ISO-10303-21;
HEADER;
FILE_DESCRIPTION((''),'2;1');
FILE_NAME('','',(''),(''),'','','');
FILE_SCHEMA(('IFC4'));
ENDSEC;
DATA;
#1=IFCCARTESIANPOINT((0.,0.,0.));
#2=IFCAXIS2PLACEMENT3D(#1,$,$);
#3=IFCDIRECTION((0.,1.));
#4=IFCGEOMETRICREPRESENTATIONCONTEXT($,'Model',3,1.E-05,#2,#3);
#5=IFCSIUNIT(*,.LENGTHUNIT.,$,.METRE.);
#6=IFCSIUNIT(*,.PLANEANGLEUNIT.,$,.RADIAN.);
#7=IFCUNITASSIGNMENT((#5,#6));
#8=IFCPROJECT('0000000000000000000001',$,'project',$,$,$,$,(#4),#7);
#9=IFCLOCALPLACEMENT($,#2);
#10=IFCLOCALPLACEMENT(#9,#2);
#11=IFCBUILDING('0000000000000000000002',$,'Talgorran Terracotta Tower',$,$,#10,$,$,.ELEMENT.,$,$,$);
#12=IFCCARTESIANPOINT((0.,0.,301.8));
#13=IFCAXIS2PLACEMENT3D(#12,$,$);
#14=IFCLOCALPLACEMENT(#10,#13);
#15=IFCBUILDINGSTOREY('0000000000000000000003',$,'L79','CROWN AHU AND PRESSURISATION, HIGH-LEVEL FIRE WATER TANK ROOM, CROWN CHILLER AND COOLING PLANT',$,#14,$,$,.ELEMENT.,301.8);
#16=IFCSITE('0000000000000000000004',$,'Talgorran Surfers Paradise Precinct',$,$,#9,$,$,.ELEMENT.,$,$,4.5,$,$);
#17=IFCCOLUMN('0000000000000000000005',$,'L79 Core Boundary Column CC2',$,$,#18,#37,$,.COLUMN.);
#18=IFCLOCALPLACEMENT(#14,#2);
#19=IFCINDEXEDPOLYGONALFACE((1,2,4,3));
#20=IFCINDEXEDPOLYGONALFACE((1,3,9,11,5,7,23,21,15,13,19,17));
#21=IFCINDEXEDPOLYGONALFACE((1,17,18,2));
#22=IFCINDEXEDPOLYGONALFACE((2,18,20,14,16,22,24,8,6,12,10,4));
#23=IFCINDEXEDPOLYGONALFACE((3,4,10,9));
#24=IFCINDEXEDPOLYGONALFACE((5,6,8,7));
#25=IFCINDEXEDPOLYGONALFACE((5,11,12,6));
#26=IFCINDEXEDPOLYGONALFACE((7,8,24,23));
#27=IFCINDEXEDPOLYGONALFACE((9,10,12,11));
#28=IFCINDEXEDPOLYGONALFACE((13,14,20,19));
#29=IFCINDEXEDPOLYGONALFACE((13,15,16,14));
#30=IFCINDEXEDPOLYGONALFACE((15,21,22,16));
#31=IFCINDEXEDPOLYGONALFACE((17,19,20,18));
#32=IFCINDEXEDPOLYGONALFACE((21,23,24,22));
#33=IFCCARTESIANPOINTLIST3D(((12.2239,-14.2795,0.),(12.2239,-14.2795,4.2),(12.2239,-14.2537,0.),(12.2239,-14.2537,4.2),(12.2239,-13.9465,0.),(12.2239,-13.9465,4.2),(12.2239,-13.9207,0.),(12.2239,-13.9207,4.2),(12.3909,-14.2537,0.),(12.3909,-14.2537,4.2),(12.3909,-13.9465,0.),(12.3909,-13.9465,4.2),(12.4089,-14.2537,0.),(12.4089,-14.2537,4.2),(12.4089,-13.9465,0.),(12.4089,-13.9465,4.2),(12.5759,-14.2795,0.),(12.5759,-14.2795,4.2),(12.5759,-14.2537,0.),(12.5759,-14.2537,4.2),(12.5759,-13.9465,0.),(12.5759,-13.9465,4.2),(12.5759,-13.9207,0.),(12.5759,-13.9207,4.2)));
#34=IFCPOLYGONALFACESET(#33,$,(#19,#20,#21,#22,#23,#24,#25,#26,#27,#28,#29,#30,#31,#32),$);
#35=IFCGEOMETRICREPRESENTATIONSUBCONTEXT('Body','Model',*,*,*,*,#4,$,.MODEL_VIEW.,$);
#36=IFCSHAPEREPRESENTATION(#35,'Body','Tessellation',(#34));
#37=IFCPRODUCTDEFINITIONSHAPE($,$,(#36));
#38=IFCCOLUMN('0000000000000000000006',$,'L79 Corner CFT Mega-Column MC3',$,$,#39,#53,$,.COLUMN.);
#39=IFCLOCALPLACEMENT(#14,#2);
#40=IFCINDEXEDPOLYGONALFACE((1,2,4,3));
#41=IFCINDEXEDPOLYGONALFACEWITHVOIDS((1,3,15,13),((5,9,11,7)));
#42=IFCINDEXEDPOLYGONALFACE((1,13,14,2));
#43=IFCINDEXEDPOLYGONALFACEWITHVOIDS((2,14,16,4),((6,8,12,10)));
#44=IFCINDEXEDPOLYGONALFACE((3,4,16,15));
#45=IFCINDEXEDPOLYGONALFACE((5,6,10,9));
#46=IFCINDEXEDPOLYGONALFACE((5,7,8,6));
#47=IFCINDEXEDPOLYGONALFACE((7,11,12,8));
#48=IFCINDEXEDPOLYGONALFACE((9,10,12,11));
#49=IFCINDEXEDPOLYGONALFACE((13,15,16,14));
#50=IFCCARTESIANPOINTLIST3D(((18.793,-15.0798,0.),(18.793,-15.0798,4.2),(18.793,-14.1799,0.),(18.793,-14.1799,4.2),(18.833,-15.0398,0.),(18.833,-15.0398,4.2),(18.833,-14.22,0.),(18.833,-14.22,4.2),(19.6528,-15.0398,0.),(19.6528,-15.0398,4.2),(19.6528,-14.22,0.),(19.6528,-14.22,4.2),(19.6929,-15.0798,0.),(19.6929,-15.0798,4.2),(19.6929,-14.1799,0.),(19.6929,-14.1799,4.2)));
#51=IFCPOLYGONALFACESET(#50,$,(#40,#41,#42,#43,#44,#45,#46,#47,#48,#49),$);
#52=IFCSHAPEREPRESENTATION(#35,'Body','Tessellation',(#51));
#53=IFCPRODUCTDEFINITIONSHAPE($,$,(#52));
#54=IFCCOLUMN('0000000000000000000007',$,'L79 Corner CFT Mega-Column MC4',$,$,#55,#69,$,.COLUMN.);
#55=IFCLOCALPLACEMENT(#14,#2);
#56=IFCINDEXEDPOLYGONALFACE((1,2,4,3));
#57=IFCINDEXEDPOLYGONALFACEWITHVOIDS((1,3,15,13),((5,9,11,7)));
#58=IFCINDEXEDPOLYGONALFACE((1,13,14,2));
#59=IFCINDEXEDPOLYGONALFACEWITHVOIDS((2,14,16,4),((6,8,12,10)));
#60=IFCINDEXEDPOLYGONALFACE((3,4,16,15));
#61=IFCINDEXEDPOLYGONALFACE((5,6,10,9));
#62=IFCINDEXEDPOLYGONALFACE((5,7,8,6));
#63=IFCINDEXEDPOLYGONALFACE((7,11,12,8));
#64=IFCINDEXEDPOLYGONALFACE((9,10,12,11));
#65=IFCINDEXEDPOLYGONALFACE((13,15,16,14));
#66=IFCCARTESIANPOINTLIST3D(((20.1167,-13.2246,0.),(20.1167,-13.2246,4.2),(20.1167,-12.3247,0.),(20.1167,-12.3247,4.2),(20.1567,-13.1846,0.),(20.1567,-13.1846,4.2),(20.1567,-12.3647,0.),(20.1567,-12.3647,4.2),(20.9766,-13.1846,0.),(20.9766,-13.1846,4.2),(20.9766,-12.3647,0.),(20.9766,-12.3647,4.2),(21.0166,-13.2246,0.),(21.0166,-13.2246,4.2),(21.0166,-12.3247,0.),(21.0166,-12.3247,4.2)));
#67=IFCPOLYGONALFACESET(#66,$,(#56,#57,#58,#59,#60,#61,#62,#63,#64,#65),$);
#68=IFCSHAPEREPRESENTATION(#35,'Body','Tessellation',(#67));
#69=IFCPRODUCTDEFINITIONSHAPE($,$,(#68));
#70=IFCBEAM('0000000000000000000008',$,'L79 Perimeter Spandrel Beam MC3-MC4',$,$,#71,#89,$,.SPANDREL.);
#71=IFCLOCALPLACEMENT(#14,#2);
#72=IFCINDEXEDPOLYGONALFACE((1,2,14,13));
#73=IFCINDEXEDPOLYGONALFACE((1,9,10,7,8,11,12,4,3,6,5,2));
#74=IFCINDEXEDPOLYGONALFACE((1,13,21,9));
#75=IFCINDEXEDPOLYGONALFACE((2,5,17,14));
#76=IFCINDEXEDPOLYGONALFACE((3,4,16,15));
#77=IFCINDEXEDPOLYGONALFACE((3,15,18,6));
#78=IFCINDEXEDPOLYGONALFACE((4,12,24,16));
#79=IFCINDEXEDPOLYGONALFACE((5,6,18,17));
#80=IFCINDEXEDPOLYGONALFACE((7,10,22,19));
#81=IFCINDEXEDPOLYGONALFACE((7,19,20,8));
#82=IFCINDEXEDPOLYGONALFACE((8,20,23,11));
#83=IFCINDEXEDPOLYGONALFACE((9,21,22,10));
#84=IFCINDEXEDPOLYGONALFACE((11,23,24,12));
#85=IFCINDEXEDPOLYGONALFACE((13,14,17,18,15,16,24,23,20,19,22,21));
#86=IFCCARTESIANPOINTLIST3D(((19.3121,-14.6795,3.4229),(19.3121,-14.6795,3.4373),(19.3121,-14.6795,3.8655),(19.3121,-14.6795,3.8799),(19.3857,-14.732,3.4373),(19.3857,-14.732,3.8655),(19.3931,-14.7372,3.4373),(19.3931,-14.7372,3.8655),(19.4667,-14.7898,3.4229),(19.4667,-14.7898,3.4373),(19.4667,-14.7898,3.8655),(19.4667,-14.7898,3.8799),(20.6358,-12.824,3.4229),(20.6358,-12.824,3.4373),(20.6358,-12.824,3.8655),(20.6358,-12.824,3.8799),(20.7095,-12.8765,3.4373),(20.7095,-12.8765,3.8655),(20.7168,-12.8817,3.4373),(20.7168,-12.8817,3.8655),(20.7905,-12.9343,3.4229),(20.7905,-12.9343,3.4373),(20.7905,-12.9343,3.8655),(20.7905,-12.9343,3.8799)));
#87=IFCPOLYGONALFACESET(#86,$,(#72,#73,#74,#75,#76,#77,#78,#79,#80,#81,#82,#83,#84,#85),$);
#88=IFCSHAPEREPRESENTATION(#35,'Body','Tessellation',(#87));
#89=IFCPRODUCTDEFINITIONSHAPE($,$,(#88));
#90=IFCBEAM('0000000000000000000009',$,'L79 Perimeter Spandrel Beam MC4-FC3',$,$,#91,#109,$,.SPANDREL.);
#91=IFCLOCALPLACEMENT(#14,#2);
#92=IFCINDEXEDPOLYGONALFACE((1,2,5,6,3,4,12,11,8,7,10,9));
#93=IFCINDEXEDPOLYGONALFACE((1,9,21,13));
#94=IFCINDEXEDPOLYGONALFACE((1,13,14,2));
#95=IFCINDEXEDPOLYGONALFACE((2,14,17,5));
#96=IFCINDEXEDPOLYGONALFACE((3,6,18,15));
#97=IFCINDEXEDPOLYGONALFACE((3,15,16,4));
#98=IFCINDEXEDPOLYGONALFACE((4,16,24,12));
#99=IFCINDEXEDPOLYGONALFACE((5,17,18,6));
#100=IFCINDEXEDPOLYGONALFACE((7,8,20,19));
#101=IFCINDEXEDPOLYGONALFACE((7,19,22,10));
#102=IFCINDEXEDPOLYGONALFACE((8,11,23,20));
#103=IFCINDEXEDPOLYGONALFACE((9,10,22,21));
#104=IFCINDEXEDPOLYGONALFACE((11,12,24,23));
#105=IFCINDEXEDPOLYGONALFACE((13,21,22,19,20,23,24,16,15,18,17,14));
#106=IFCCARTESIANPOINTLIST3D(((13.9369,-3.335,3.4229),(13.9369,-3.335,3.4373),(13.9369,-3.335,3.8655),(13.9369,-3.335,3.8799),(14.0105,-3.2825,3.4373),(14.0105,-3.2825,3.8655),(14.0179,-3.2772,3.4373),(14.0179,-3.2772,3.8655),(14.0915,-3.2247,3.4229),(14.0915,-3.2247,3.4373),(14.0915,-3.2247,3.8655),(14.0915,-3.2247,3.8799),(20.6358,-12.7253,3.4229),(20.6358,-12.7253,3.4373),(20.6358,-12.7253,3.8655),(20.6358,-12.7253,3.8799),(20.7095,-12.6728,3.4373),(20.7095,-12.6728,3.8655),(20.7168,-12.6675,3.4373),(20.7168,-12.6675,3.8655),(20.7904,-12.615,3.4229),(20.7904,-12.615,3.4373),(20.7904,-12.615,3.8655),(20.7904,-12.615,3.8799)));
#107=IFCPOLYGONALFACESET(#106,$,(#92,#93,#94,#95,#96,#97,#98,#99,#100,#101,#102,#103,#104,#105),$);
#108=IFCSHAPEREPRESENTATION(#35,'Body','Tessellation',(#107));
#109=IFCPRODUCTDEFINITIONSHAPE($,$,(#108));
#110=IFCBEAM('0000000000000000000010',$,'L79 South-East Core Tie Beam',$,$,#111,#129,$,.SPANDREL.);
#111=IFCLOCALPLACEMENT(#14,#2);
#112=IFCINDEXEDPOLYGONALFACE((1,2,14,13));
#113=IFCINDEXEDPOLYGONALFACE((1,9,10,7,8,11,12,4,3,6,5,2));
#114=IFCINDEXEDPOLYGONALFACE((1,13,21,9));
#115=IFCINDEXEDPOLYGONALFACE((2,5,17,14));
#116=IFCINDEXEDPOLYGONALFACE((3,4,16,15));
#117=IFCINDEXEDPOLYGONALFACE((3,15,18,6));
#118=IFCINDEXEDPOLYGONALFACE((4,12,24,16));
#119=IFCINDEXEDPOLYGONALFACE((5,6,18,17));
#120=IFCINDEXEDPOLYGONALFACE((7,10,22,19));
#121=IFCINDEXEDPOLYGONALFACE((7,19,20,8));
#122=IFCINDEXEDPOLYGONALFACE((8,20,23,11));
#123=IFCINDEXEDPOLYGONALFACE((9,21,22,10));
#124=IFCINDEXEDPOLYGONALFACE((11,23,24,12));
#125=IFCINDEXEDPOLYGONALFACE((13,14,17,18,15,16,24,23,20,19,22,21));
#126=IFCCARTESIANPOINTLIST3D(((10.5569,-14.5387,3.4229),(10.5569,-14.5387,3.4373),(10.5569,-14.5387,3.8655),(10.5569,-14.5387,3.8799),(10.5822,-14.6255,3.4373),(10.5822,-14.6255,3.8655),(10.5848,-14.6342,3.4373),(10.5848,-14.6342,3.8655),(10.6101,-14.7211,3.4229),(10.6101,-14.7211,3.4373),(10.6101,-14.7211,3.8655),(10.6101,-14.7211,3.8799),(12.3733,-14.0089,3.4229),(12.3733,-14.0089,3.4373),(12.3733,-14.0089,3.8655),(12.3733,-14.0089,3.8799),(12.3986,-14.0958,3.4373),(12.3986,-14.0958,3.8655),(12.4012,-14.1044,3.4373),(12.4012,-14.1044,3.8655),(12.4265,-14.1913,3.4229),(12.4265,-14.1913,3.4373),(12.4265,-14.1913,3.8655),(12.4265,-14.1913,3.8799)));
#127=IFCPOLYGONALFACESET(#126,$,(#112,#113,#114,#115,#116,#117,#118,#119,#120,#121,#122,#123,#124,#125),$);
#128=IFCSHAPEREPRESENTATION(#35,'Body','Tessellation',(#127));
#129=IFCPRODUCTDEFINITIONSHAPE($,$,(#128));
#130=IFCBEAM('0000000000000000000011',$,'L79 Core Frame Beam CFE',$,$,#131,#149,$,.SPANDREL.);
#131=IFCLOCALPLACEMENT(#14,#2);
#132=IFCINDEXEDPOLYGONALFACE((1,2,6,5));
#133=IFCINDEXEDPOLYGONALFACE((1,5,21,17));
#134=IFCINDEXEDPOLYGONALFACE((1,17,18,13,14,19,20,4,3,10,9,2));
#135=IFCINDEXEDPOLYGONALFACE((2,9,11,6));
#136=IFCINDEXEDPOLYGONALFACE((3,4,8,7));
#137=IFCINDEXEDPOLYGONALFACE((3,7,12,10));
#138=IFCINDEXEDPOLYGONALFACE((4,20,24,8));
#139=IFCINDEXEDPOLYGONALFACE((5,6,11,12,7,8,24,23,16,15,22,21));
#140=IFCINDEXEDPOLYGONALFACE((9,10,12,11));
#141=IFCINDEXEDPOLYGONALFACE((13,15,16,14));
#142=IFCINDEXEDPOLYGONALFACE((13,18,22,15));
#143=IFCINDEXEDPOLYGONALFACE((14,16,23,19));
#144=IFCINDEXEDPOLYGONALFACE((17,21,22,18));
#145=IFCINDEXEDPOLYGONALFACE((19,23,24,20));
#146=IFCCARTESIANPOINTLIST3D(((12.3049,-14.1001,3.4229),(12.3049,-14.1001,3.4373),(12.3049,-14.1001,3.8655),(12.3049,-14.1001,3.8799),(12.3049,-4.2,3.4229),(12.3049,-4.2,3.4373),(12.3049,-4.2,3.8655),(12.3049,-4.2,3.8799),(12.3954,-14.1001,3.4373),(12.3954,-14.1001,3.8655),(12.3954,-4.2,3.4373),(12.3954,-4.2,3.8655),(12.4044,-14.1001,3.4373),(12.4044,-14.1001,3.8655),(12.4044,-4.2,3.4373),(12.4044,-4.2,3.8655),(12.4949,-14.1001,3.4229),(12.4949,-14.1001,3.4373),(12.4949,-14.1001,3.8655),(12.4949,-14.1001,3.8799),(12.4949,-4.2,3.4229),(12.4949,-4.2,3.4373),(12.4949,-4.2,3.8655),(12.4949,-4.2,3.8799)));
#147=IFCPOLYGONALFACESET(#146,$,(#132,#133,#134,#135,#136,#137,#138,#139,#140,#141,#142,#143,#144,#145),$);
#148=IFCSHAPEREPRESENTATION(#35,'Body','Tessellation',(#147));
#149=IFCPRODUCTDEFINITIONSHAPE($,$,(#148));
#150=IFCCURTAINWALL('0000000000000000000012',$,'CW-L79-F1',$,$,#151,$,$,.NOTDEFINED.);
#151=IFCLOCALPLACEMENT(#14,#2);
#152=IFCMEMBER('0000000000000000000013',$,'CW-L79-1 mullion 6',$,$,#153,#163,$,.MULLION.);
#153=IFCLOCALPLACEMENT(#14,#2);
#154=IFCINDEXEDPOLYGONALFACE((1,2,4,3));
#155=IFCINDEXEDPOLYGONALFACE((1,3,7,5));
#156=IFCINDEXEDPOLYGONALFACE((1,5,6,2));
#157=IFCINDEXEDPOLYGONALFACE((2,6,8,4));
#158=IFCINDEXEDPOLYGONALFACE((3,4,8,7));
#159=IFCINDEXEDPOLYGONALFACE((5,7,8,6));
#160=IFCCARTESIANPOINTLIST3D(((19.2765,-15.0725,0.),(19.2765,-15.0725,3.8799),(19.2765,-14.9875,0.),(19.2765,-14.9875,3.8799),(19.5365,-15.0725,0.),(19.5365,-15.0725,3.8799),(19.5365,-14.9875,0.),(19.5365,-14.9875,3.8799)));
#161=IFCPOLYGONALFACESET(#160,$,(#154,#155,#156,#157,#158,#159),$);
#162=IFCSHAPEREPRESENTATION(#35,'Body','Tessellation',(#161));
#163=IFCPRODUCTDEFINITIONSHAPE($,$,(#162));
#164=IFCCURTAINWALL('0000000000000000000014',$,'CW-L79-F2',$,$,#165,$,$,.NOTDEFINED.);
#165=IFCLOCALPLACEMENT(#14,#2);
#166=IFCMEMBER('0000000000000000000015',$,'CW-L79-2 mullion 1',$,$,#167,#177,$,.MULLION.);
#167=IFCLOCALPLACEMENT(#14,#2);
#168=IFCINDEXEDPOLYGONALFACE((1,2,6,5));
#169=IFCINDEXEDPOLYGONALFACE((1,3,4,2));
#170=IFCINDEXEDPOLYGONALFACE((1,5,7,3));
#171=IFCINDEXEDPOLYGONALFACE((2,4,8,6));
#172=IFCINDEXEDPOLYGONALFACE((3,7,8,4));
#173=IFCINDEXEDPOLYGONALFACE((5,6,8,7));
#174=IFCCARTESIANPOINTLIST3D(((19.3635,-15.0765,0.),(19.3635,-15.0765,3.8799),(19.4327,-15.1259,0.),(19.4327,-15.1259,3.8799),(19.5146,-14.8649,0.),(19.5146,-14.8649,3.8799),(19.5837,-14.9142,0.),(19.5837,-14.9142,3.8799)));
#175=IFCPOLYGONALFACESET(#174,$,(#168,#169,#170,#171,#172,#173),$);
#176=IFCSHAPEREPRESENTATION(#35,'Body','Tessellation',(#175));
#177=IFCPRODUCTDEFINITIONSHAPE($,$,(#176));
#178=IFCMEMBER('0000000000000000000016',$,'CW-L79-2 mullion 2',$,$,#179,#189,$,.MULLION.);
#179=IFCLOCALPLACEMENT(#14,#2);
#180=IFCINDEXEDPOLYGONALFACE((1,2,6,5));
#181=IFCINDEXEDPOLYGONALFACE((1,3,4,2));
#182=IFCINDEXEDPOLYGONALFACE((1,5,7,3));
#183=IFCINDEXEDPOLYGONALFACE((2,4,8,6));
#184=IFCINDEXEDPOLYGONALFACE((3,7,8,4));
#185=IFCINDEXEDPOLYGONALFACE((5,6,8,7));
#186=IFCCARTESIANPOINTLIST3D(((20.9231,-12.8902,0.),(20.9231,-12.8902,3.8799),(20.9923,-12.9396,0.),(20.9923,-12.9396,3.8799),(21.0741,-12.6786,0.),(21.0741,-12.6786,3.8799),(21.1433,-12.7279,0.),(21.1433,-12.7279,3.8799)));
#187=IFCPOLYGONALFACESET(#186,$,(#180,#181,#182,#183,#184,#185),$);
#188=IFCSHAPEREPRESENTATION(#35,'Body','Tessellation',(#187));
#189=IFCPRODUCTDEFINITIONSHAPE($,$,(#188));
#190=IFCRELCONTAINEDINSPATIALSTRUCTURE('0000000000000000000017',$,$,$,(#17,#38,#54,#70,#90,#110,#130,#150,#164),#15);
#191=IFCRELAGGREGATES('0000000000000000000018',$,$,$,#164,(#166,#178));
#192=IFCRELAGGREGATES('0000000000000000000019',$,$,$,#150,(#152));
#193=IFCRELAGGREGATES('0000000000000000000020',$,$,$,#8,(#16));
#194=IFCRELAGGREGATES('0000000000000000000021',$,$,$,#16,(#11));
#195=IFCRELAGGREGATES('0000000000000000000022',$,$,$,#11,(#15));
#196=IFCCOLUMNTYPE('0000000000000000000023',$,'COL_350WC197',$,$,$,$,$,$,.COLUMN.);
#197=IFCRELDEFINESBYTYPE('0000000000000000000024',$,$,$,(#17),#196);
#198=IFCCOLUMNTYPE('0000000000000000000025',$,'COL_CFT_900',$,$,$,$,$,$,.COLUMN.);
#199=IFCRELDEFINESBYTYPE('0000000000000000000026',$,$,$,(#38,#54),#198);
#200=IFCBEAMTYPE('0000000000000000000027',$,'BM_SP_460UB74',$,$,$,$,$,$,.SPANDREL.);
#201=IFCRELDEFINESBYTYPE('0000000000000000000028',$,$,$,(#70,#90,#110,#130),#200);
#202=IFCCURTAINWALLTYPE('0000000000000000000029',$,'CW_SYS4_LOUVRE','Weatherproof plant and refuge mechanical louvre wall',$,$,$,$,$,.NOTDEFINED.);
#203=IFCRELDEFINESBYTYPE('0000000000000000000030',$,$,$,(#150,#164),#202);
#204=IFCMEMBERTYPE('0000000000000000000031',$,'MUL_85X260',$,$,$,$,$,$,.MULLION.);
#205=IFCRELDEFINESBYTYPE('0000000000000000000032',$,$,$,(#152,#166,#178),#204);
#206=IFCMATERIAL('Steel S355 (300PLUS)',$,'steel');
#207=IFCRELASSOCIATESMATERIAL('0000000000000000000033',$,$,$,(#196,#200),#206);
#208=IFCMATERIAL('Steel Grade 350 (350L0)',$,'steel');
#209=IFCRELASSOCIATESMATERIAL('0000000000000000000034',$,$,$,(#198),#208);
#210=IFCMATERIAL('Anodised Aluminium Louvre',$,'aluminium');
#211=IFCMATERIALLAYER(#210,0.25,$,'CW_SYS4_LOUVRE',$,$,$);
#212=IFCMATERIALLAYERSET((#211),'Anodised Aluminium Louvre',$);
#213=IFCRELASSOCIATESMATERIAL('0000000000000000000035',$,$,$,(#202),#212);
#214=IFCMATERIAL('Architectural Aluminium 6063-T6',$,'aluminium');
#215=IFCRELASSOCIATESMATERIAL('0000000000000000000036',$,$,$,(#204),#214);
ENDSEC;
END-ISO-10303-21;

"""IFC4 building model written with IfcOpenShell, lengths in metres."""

from ifc_helpers import new_model, si_unit, direction, frame, origin, origin_2d, place, context, subcontext, project, spatial, rectangle, hollow_rectangle, i_section, extrude, material, layer, layer_set, material_profile, profile_set, type_object, element, aggregate, save


model = new_model("IFC4")

# Units and contexts
model_context = context("Model", 3, precision=1e-05, world=origin(), true_north=direction((0.0, 1.0)))
body_context = subcontext(model_context, "Body", "Model", "MODEL_VIEW")
ifc_project = project(units=[si_unit("LENGTHUNIT", "METRE"), si_unit("PLANEANGLEUNIT", "RADIAN")], contexts=[model_context])

# Site, building, storey
site_placement = place(None, origin())
site = spatial("IfcSite", under=ifc_project, at=site_placement, Name="Talgorran Surfers Paradise Precinct", CompositionType="ELEMENT", RefElevation=4.5)
building_placement = place(site_placement, origin())
building = spatial("IfcBuilding", under=site, at=building_placement, Name="Talgorran Terracotta Tower", CompositionType="ELEMENT")
storey_placement = place(building_placement, frame((0.0, 0.0, 301.8)))
storey = spatial("IfcBuildingStorey", under=building, at=storey_placement, Name="L79", Description="CROWN AHU AND PRESSURISATION, HIGH-LEVEL FIRE WATER TANK ROOM, CROWN CHILLER AND COOLING PLANT", CompositionType="ELEMENT", Elevation=301.8)

# Columns
ifc_material_1 = material(Name="Steel S355 (300PLUS)", Category="steel")
ifc_material_profile_1 = material_profile(ifc_material_1, i_section(OverallWidth=0.3521, OverallDepth=0.3589, WebThickness=0.0181, FlangeThickness=0.0259, at=origin_2d()), Name="350WC197")
ifc_profile_set_1 = profile_set([ifc_material_profile_1], Name="Steel S355 (300PLUS)")
column_type_1 = type_object("IfcColumnType", Name="COL_350WC197", PredefinedType="COLUMN", material=ifc_profile_set_1)
column_placement = place(storey_placement, frame((12.3999, -14.1001, 0.0), z_axis=(0.0, 0.0, 1.0), x_axis=(1.0, 0.0, 0.0)))
element("IfcColumn", 1, at=column_placement, inside=storey, type_object=column_type_1, Name="L79 Core Boundary Column CC2", PredefinedType="COLUMN", context=body_context, shape_type="SweptSolid", body=[
    extrude(i_section(OverallWidth=0.3521, OverallDepth=0.3589, WebThickness=0.0181, FlangeThickness=0.0259, at=origin_2d()), origin(), (0.0, 0.0, 1.0), 4.2),
])
ifc_material_2 = material(Name="Steel Grade 350 (350L0)", Category="steel")
ifc_material_profile_2 = material_profile(ifc_material_2, hollow_rectangle(XDim=0.8999, YDim=0.8999, WallThickness=0.04, at=origin_2d()), Name="CFT900X900X40")
ifc_profile_set_2 = profile_set([ifc_material_profile_2], Name="Steel Grade 350 (350L0)")
column_type_2 = type_object("IfcColumnType", Name="COL_CFT_900", PredefinedType="COLUMN", material=ifc_profile_set_2)
for number, where, z_axis, x_axis, name in (
    (2, (19.2429, -14.6299, 0.0), (0.0, 0.0, 1.0), (1.0, 0.0, 0.0), "L79 Corner CFT Mega-Column MC3"),
    (3, (20.5667, -12.7747, 0.0), (0.0, 0.0, 1.0), (1.0, 0.0, 0.0), "L79 Corner CFT Mega-Column MC4"),
):
    element("IfcColumn", number, at=place(storey_placement, frame(where, z_axis=z_axis, x_axis=x_axis)), inside=storey, type_object=column_type_2, Name=name, PredefinedType="COLUMN", context=body_context, shape_type="SweptSolid", body=[
        extrude(hollow_rectangle(XDim=0.8999, YDim=0.8999, WallThickness=0.04, at=origin_2d()), origin(), (0.0, 0.0, 1.0), 4.2),
    ])

# Beams
ifc_material_profile_3 = material_profile(ifc_material_1, i_section(OverallWidth=0.1899, OverallDepth=0.457, WebThickness=0.009, FlangeThickness=0.0144, at=origin_2d()), Name="460UB74.6")
ifc_profile_set_3 = profile_set([ifc_material_profile_3], Name="Steel S355 (300PLUS)")
beam_type = type_object("IfcBeamType", Name="BM_SP_460UB74", PredefinedType="SPANDREL", material=ifc_profile_set_3)
beam_1_placement = place(storey_placement, frame((19.3894, -14.7346, 3.6514), z_axis=(0.580772, 0.814066, 0.0), x_axis=(-0.814066, 0.580772, 0.0)))
element("IfcBeam", 4, at=beam_1_placement, inside=storey, type_object=beam_type, Name="L79 Perimeter Spandrel Beam MC3-MC4", PredefinedType="SPANDREL", context=body_context, shape_type="SweptSolid", body=[
    extrude(i_section(OverallWidth=0.1899, OverallDepth=0.457, WebThickness=0.009, FlangeThickness=0.0144, at=origin_2d()), origin(), (0.0, 0.0, 1.0), 2.2793),
])
beam_2_placement = place(storey_placement, frame((20.7131, -12.6702, 3.6514), z_axis=(-0.580754, 0.814079, 0.0), x_axis=(-0.814079, -0.580754, 0.0)))
element("IfcBeam", 5, at=beam_2_placement, inside=storey, type_object=beam_type, Name="L79 Perimeter Spandrel Beam MC4-FC3", PredefinedType="SPANDREL", context=body_context, shape_type="SweptSolid", body=[
    extrude(i_section(OverallWidth=0.1899, OverallDepth=0.457, WebThickness=0.009, FlangeThickness=0.0144, at=origin_2d()), origin(), (0.0, 0.0, 1.0), 11.5349),
])
beam_3_placement = place(storey_placement, frame((12.3999, -14.1001, 3.6514), z_axis=(-0.96, -0.28, 0.0), x_axis=(0.28, -0.96, 0.0)))
element("IfcBeam", 6, at=beam_3_placement, inside=storey, type_object=beam_type, Name="L79 South-East Core Tie Beam", PredefinedType="SPANDREL", context=body_context, shape_type="SweptSolid", body=[
    extrude(i_section(OverallWidth=0.1899, OverallDepth=0.457, WebThickness=0.009, FlangeThickness=0.0144, at=origin_2d()), origin(), (0.0, 0.0, 1.0), 1.8921),
])
beam_4_placement = place(storey_placement, frame((12.3999, -14.1001, 3.6514), z_axis=(0.0, 1.0, 0.0), x_axis=(-1.0, 0.0, 0.0)))
element("IfcBeam", 7, at=beam_4_placement, inside=storey, type_object=beam_type, Name="L79 Core Frame Beam CFE", PredefinedType="SPANDREL", context=body_context, shape_type="SweptSolid", body=[
    extrude(i_section(OverallWidth=0.1899, OverallDepth=0.457, WebThickness=0.009, FlangeThickness=0.0144, at=origin_2d()), origin(), (0.0, 0.0, 1.0), 9.9001),
])

# Curtain wall, member
ifc_material_3 = material(Name="Anodised Aluminium Louvre", Category="aluminium")
ifc_layer_1 = layer(ifc_material_3, 0.25, Name="CW_SYS4_LOUVRE")
ifc_layer_set_1 = layer_set([ifc_layer_1], Name="Anodised Aluminium Louvre")
curtain_wall_type = type_object("IfcCurtainWallType", Name="CW_SYS4_LOUVRE", Description="Weatherproof plant and refuge mechanical louvre wall", PredefinedType="NOTDEFINED", material=ifc_layer_set_1)
curtain_wall_1_placement = place(storey_placement, origin())
curtain_wall_1 = element("IfcCurtainWall", 8, at=curtain_wall_1_placement, inside=storey, type_object=curtain_wall_type, Name="CW-L79-F1", PredefinedType="NOTDEFINED")
ifc_material_4 = material(Name="Architectural Aluminium 6063-T6", Category="aluminium")
ifc_material_profile_4 = material_profile(ifc_material_4, rectangle(XDim=0.085, YDim=0.26, at=origin_2d()), Name="CWM85X260")
ifc_profile_set_4 = profile_set([ifc_material_profile_4], Name="Architectural Aluminium 6063-T6")
member_type_1 = type_object("IfcMemberType", Name="MUL_85X260", PredefinedType="MULLION", material=ifc_profile_set_4)
member_1_placement = place(storey_placement, frame((19.4065, -15.03, 0.0), z_axis=(0.0, 0.0, 1.0), x_axis=(0.0, 1.0, 0.0)))
member_1 = element("IfcMember", 9, at=member_1_placement, type_object=member_type_1, Name="CW-L79-1 mullion 6", PredefinedType="MULLION", context=body_context, shape_type="SweptSolid", body=[
    extrude(rectangle(XDim=0.085, YDim=0.26, at=origin_2d()), origin(), (0.0, 0.0, 1.0), 3.8799),
])

# Curtain wall, members
curtain_wall_2_placement = place(storey_placement, origin())
curtain_wall_2 = element("IfcCurtainWall", 10, at=curtain_wall_2_placement, inside=storey, type_object=curtain_wall_type, Name="CW-L79-F2", PredefinedType="NOTDEFINED")
member_2_placement = place(storey_placement, frame((19.4736, -14.9954, 0.0), z_axis=(0.0, 0.0, 1.0), x_axis=(-0.814075, 0.58076, 0.0)))
member_2 = element("IfcMember", 11, at=member_2_placement, type_object=member_type_1, Name="CW-L79-2 mullion 1", PredefinedType="MULLION", context=body_context, shape_type="SweptSolid", body=[
    extrude(rectangle(XDim=0.085, YDim=0.26, at=origin_2d()), origin(), (0.0, 0.0, 1.0), 3.8799),
])
member_3_placement = place(storey_placement, frame((21.0332, -12.8091, 0.0), z_axis=(0.0, 0.0, 1.0), x_axis=(-0.814075, 0.58076, 0.0)))
member_3 = element("IfcMember", 12, at=member_3_placement, type_object=member_type_1, Name="CW-L79-2 mullion 2", PredefinedType="MULLION", context=body_context, shape_type="SweptSolid", body=[
    extrude(rectangle(XDim=0.085, YDim=0.26, at=origin_2d()), origin(), (0.0, 0.0, 1.0), 3.8799),
])

aggregate(curtain_wall_2, [member_2, member_3])
aggregate(curtain_wall_1, [member_1])

save(model, "model.ifc")
